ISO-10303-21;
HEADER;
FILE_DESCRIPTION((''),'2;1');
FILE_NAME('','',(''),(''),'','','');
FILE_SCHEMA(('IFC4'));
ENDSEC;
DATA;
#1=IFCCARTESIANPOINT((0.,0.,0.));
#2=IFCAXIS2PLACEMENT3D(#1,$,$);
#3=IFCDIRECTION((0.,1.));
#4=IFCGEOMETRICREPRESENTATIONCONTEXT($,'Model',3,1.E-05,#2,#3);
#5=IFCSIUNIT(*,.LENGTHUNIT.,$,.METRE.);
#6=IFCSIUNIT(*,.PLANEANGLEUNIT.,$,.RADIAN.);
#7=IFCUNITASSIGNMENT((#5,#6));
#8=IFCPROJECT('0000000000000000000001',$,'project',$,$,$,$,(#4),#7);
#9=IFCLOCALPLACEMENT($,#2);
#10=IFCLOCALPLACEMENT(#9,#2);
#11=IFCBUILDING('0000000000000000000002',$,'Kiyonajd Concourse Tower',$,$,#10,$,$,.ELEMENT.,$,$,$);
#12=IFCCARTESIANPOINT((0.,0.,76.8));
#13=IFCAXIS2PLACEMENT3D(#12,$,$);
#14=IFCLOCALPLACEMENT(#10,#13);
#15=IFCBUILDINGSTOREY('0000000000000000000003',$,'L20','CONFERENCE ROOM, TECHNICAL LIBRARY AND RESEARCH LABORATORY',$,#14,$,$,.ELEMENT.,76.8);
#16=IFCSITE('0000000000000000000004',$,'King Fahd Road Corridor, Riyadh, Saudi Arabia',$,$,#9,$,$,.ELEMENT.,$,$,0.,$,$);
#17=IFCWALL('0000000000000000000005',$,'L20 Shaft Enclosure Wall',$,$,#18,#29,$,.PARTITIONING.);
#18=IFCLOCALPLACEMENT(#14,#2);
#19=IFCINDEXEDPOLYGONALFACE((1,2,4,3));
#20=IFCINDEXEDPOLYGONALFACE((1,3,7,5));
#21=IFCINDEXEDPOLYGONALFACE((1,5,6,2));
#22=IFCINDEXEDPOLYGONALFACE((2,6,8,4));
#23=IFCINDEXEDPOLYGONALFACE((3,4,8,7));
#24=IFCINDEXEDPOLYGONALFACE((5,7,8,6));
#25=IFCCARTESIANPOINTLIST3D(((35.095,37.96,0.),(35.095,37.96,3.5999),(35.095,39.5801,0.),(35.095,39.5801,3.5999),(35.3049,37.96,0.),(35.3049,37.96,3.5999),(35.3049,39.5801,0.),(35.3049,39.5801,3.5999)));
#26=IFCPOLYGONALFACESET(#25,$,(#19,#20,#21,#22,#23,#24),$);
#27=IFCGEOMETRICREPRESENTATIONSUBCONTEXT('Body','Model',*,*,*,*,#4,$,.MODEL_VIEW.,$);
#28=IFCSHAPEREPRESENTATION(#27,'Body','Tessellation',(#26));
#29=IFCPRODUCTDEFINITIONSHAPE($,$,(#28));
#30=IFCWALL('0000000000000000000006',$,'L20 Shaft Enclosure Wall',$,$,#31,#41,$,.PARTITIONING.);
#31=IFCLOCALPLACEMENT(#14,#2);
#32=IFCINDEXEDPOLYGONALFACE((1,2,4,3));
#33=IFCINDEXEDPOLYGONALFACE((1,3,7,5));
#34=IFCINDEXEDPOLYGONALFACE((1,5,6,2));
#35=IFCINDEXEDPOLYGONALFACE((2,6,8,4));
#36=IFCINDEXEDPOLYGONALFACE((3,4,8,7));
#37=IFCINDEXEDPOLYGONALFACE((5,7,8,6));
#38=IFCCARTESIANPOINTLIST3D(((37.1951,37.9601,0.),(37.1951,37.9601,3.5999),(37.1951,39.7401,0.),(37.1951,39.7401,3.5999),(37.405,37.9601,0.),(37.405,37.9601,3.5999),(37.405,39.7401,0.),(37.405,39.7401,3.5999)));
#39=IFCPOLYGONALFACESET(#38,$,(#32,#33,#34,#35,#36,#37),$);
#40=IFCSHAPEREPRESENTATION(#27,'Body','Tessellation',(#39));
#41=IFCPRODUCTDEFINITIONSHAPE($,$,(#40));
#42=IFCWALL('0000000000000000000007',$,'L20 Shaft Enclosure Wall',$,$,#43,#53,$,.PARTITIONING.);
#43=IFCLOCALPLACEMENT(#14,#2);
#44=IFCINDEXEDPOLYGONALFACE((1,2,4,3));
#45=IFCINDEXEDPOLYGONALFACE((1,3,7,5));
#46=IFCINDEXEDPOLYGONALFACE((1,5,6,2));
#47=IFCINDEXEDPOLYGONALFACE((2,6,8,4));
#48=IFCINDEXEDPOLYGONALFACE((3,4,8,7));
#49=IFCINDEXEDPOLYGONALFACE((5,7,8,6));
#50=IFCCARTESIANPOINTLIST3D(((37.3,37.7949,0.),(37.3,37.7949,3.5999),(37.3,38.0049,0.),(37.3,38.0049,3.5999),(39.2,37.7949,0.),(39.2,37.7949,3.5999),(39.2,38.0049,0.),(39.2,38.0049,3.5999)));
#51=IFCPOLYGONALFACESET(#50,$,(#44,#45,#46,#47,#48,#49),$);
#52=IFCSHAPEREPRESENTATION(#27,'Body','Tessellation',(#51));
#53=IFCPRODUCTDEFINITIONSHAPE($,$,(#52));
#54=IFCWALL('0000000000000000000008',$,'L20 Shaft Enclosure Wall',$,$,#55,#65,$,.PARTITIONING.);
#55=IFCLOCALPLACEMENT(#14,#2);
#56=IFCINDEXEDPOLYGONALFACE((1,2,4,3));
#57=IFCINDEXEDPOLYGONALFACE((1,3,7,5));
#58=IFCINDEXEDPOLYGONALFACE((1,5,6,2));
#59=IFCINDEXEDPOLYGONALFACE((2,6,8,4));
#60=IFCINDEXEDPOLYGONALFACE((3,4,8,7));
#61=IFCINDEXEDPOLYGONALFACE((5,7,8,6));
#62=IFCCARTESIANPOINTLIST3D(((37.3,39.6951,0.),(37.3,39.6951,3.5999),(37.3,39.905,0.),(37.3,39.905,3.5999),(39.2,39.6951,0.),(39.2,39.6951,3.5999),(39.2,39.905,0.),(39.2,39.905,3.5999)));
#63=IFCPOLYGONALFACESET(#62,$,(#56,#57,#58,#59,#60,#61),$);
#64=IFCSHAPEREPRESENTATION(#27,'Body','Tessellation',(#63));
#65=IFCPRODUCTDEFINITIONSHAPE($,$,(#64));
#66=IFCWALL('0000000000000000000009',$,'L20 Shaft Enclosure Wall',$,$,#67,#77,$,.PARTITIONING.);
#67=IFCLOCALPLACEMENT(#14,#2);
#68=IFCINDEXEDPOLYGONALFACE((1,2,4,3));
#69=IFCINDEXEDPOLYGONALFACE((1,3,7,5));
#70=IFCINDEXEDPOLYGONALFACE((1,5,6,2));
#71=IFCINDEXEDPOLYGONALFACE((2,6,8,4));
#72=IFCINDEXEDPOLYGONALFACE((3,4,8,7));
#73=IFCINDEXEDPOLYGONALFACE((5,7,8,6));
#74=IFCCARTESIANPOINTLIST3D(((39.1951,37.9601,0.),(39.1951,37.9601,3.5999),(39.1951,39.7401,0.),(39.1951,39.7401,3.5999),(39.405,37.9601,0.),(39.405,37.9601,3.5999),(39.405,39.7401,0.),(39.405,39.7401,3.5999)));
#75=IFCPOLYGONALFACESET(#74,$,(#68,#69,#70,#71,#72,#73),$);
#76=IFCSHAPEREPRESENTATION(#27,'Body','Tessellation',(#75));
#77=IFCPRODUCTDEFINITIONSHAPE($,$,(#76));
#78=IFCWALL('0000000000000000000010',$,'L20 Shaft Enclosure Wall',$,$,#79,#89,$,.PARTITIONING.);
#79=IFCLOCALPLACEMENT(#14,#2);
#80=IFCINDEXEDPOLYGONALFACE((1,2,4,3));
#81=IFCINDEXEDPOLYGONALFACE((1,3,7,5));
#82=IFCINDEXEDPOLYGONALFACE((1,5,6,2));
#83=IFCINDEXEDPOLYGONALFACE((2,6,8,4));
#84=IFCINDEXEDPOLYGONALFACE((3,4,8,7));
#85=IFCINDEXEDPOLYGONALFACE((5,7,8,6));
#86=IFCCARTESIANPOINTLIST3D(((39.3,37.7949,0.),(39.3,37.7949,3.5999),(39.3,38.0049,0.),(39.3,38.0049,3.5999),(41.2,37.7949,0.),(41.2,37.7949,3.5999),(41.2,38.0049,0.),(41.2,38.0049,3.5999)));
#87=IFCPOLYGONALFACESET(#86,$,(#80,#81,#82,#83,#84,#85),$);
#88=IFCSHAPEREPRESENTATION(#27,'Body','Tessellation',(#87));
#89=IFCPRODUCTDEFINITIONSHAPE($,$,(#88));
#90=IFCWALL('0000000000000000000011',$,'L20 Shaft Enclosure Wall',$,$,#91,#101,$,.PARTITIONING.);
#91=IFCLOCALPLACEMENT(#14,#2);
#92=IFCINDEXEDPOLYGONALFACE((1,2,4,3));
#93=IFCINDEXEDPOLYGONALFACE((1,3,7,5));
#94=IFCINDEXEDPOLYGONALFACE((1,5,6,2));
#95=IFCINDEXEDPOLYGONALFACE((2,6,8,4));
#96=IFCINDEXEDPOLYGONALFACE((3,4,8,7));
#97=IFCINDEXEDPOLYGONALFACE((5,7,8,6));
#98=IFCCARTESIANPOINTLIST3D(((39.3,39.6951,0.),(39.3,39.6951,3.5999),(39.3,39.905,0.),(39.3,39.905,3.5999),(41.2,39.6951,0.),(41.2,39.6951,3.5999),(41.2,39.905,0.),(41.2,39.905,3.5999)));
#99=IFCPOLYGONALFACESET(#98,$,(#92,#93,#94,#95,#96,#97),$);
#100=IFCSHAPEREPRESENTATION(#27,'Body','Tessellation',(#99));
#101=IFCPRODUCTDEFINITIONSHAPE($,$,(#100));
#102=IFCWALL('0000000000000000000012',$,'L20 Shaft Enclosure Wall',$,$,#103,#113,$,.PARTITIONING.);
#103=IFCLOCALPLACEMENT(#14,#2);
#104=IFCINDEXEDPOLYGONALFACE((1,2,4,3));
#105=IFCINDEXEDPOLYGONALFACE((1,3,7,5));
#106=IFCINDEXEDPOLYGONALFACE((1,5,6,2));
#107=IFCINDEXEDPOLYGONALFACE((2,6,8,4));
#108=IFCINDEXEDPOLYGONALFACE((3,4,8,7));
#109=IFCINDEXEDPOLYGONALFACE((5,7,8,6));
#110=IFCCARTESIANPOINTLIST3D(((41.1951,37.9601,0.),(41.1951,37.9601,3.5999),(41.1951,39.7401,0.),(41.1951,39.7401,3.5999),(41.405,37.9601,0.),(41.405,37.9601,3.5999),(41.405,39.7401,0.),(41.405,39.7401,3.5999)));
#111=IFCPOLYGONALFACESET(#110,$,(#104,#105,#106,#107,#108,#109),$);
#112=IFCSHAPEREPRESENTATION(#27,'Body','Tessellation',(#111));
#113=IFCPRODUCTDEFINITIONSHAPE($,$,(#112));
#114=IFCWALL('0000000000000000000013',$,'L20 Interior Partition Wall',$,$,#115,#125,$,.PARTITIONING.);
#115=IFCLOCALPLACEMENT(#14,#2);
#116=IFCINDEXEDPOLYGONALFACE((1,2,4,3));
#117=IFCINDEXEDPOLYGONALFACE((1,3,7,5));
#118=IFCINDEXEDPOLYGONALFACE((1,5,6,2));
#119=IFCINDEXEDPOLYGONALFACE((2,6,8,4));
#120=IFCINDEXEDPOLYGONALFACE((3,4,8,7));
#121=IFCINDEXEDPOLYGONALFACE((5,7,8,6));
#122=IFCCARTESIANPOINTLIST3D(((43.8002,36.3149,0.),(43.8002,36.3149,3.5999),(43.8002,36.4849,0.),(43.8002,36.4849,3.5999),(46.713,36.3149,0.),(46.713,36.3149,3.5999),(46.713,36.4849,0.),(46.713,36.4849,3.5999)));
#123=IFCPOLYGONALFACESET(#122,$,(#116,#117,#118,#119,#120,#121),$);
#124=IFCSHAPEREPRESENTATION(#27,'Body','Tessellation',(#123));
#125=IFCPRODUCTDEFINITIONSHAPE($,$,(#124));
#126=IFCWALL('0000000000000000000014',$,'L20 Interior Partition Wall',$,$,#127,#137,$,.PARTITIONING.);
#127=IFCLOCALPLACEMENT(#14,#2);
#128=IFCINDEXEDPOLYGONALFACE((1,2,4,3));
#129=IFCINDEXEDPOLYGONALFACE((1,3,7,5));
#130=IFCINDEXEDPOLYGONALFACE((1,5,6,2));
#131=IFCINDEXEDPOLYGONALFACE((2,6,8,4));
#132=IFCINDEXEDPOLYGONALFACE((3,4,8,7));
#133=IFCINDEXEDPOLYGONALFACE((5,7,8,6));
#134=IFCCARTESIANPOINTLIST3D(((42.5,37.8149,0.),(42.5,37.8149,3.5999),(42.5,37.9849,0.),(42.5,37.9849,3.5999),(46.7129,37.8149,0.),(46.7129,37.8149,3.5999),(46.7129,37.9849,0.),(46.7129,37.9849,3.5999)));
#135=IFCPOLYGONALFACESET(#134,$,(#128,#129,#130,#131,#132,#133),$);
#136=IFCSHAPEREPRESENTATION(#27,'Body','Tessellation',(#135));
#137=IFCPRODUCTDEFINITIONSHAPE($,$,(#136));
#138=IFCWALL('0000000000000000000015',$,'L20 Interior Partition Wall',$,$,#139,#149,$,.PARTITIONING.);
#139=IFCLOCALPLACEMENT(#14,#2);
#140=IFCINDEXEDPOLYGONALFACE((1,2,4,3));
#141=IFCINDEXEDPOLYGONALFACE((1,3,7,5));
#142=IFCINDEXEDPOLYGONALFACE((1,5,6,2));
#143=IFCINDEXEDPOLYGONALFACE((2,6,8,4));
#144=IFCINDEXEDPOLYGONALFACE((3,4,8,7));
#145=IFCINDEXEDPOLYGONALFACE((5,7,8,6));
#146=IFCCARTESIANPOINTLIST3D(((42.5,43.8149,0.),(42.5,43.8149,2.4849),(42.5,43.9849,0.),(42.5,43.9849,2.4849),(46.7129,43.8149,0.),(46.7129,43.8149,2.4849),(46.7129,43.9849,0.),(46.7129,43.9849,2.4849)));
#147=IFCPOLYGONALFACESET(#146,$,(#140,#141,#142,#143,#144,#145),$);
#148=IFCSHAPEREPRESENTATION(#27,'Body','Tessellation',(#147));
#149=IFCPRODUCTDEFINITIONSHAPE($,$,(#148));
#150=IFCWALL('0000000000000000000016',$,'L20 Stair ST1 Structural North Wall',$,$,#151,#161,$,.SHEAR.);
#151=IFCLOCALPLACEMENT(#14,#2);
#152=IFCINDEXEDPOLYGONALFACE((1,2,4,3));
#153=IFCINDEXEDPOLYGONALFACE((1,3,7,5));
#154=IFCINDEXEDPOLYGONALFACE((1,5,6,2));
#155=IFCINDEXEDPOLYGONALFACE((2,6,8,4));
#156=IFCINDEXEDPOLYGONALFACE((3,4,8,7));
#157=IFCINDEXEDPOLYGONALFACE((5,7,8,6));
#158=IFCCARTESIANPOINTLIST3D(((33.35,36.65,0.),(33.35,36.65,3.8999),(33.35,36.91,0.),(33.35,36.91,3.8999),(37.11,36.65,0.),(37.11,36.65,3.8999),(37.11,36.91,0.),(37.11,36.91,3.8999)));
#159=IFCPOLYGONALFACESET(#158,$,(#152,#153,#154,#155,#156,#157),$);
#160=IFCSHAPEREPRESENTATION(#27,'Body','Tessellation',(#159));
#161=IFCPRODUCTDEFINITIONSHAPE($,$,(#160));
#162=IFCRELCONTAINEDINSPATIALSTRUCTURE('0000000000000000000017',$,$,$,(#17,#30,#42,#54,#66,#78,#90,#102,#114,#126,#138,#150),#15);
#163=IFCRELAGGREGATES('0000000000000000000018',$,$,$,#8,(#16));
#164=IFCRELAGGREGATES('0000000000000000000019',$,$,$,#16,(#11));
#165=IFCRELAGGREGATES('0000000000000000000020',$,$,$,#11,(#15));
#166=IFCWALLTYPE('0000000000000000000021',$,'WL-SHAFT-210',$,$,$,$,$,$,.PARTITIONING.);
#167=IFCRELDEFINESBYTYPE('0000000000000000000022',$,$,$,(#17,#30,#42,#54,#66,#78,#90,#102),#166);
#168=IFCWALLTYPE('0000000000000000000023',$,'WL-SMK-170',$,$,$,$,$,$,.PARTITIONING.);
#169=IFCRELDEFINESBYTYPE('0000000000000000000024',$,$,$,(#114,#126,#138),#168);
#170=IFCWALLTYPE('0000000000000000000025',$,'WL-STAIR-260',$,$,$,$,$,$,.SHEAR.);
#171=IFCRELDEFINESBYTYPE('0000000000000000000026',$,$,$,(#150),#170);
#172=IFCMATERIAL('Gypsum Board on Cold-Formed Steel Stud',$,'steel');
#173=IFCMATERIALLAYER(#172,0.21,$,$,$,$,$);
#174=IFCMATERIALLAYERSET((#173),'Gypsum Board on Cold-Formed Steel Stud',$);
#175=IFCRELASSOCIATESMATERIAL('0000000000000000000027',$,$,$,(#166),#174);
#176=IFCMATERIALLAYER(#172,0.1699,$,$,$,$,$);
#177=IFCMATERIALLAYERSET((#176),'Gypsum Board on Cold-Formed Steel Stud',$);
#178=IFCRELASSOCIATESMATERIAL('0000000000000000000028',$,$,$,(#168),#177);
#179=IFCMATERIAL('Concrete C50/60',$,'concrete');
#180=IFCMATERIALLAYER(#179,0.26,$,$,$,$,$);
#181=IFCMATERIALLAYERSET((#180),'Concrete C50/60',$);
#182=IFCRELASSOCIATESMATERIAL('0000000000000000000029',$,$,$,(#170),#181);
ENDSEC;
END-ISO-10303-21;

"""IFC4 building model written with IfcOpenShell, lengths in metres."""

from ifc_helpers import new_model, si_unit, direction, frame, frame_2d, origin, place, context, subcontext, project, spatial, rectangle, extrude, material, layer, layer_set, type_object, element, save


model = new_model("IFC4")

# Units and contexts
model_context = context("Model", 3, precision=1e-05, world=origin(), true_north=direction((0.0, 1.0)))
body_context = subcontext(model_context, "Body", "Model", "MODEL_VIEW")
ifc_project = project(units=[si_unit("LENGTHUNIT", "METRE"), si_unit("PLANEANGLEUNIT", "RADIAN")], contexts=[model_context])

# Site, building, storey
site_placement = place(None, origin())
site = spatial("IfcSite", under=ifc_project, at=site_placement, Name="King Fahd Road Corridor, Riyadh, Saudi Arabia", CompositionType="ELEMENT", RefElevation=0.0)
building_placement = place(site_placement, origin())
building = spatial("IfcBuilding", under=site, at=building_placement, Name="Kiyonajd Concourse Tower", CompositionType="ELEMENT")
storey_placement = place(building_placement, frame((0.0, 0.0, 76.8)))
storey = spatial("IfcBuildingStorey", under=building, at=storey_placement, Name="L20", Description="CONFERENCE ROOM, TECHNICAL LIBRARY AND RESEARCH LABORATORY", CompositionType="ELEMENT", Elevation=76.8)

# Walls
ifc_material_1 = material(Name="Gypsum Board on Cold-Formed Steel Stud", Category="steel")
ifc_layer_1 = layer(ifc_material_1, 0.21)
ifc_layer_set_1 = layer_set([ifc_layer_1], Name="Gypsum Board on Cold-Formed Steel Stud")
wall_type_1 = type_object("IfcWallType", Name="WL-SHAFT-210", PredefinedType="PARTITIONING", material=ifc_layer_set_1)
wall_1_placement = place(storey_placement, frame((35.2, 37.96, 0.0), z_axis=(0.0, 0.0, 1.0), x_axis=(0.0, 1.0, 0.0)))
element("IfcWall", 1, at=wall_1_placement, inside=storey, type_object=wall_type_1, Name="L20 Shaft Enclosure Wall", PredefinedType="PARTITIONING", context=body_context, shape_type="SweptSolid", body=[
    extrude(rectangle(XDim=1.6201, YDim=0.21, at=frame_2d((0.8101, 0.0))), origin(), (0.0, 0.0, 1.0), 3.5999),
])
wall_2_placement = place(storey_placement, frame((37.3, 37.96, 0.0), z_axis=(0.0, 0.0, 1.0), x_axis=(0.0, 1.0, 0.0)))
element("IfcWall", 2, at=wall_2_placement, inside=storey, type_object=wall_type_1, Name="L20 Shaft Enclosure Wall", PredefinedType="PARTITIONING", context=body_context, shape_type="SweptSolid", body=[
    extrude(rectangle(XDim=1.78, YDim=0.21, at=frame_2d((0.8901, 0.0))), origin(), (0.0, 0.0, 1.0), 3.5999),
])
for number, where, z_axis, x_axis, name in (
    (3, (37.3, 37.8999, 0.0), (0.0, 0.0, 1.0), (1.0, 0.0, 0.0), "L20 Shaft Enclosure Wall"),
    (4, (37.3, 39.8, 0.0), (0.0, 0.0, 1.0), (1.0, 0.0, 0.0), "L20 Shaft Enclosure Wall"),
):
    element("IfcWall", number, at=place(storey_placement, frame(where, z_axis=z_axis, x_axis=x_axis)), inside=storey, type_object=wall_type_1, Name=name, PredefinedType="PARTITIONING", context=body_context, shape_type="SweptSolid", body=[
        extrude(rectangle(XDim=1.8999, YDim=0.21, at=frame_2d((0.95, 0.0))), origin(), (0.0, 0.0, 1.0), 3.5999),
    ])
wall_3_placement = place(storey_placement, frame((39.3, 37.96, 0.0), z_axis=(0.0, 0.0, 1.0), x_axis=(0.0, 1.0, 0.0)))
element("IfcWall", 5, at=wall_3_placement, inside=storey, type_object=wall_type_1, Name="L20 Shaft Enclosure Wall", PredefinedType="PARTITIONING", context=body_context, shape_type="SweptSolid", body=[
    extrude(rectangle(XDim=1.78, YDim=0.21, at=frame_2d((0.8901, 0.0))), origin(), (0.0, 0.0, 1.0), 3.5999),
])
for number, where, z_axis, x_axis, name in (
    (6, (39.3, 37.8999, 0.0), (0.0, 0.0, 1.0), (1.0, 0.0, 0.0), "L20 Shaft Enclosure Wall"),
    (7, (39.3, 39.8, 0.0), (0.0, 0.0, 1.0), (1.0, 0.0, 0.0), "L20 Shaft Enclosure Wall"),
):
    element("IfcWall", number, at=place(storey_placement, frame(where, z_axis=z_axis, x_axis=x_axis)), inside=storey, type_object=wall_type_1, Name=name, PredefinedType="PARTITIONING", context=body_context, shape_type="SweptSolid", body=[
        extrude(rectangle(XDim=1.8999, YDim=0.21, at=frame_2d((0.95, 0.0))), origin(), (0.0, 0.0, 1.0), 3.5999),
    ])
wall_4_placement = place(storey_placement, frame((41.3, 37.96, 0.0), z_axis=(0.0, 0.0, 1.0), x_axis=(0.0, 1.0, 0.0)))
element("IfcWall", 8, at=wall_4_placement, inside=storey, type_object=wall_type_1, Name="L20 Shaft Enclosure Wall", PredefinedType="PARTITIONING", context=body_context, shape_type="SweptSolid", body=[
    extrude(rectangle(XDim=1.78, YDim=0.21, at=frame_2d((0.8901, 0.0))), origin(), (0.0, 0.0, 1.0), 3.5999),
])
ifc_layer_2 = layer(ifc_material_1, 0.1699)
ifc_layer_set_2 = layer_set([ifc_layer_2], Name="Gypsum Board on Cold-Formed Steel Stud")
wall_type_2 = type_object("IfcWallType", Name="WL-SMK-170", PredefinedType="PARTITIONING", material=ifc_layer_set_2)
wall_5_placement = place(storey_placement, frame((43.8, 36.3999, 0.0), z_axis=(0.0, 0.0, 1.0), x_axis=(1.0, 0.0, 0.0)))
element("IfcWall", 9, at=wall_5_placement, inside=storey, type_object=wall_type_2, Name="L20 Interior Partition Wall", PredefinedType="PARTITIONING", context=body_context, shape_type="SweptSolid", body=[
    extrude(rectangle(XDim=2.9128, YDim=0.1699, at=frame_2d((1.4565, 0.0))), origin(), (0.0, 0.0, 1.0), 3.5999),
])
wall_6_placement = place(storey_placement, frame((42.5, 37.8999, 0.0), z_axis=(0.0, 0.0, 1.0), x_axis=(1.0, 0.0, 0.0)))
element("IfcWall", 10, at=wall_6_placement, inside=storey, type_object=wall_type_2, Name="L20 Interior Partition Wall", PredefinedType="PARTITIONING", context=body_context, shape_type="SweptSolid", body=[
    extrude(rectangle(XDim=4.2129, YDim=0.1699, at=frame_2d((2.1064, 0.0))), origin(), (0.0, 0.0, 1.0), 3.5999),
])
wall_7_placement = place(storey_placement, frame((42.5, 43.8999, 0.0), z_axis=(0.0, 0.0, 1.0), x_axis=(1.0, 0.0, 0.0)))
element("IfcWall", 11, at=wall_7_placement, inside=storey, type_object=wall_type_2, Name="L20 Interior Partition Wall", PredefinedType="PARTITIONING", context=body_context, shape_type="SweptSolid", body=[
    extrude(rectangle(XDim=4.2129, YDim=0.1699, at=frame_2d((2.1064, 0.0))), origin(), (0.0, 0.0, 1.0), 2.4849),
])
ifc_material_2 = material(Name="Concrete C50/60", Category="concrete")
ifc_layer_3 = layer(ifc_material_2, 0.26)
ifc_layer_set_3 = layer_set([ifc_layer_3], Name="Concrete C50/60")
wall_type_3 = type_object("IfcWallType", Name="WL-STAIR-260", PredefinedType="SHEAR", material=ifc_layer_set_3)
wall_8_placement = place(storey_placement, frame((33.3501, 36.78, 0.0), z_axis=(0.0, 0.0, 1.0), x_axis=(1.0, 0.0, 0.0)))
element("IfcWall", 12, at=wall_8_placement, inside=storey, type_object=wall_type_3, Name="L20 Stair ST1 Structural North Wall", PredefinedType="SHEAR", context=body_context, shape_type="SweptSolid", body=[
    extrude(rectangle(XDim=3.76, YDim=0.26, at=frame_2d((1.8799, 0.0))), origin(), (0.0, 0.0, 1.0), 3.8999),
])

save(model, "model.ifc")
